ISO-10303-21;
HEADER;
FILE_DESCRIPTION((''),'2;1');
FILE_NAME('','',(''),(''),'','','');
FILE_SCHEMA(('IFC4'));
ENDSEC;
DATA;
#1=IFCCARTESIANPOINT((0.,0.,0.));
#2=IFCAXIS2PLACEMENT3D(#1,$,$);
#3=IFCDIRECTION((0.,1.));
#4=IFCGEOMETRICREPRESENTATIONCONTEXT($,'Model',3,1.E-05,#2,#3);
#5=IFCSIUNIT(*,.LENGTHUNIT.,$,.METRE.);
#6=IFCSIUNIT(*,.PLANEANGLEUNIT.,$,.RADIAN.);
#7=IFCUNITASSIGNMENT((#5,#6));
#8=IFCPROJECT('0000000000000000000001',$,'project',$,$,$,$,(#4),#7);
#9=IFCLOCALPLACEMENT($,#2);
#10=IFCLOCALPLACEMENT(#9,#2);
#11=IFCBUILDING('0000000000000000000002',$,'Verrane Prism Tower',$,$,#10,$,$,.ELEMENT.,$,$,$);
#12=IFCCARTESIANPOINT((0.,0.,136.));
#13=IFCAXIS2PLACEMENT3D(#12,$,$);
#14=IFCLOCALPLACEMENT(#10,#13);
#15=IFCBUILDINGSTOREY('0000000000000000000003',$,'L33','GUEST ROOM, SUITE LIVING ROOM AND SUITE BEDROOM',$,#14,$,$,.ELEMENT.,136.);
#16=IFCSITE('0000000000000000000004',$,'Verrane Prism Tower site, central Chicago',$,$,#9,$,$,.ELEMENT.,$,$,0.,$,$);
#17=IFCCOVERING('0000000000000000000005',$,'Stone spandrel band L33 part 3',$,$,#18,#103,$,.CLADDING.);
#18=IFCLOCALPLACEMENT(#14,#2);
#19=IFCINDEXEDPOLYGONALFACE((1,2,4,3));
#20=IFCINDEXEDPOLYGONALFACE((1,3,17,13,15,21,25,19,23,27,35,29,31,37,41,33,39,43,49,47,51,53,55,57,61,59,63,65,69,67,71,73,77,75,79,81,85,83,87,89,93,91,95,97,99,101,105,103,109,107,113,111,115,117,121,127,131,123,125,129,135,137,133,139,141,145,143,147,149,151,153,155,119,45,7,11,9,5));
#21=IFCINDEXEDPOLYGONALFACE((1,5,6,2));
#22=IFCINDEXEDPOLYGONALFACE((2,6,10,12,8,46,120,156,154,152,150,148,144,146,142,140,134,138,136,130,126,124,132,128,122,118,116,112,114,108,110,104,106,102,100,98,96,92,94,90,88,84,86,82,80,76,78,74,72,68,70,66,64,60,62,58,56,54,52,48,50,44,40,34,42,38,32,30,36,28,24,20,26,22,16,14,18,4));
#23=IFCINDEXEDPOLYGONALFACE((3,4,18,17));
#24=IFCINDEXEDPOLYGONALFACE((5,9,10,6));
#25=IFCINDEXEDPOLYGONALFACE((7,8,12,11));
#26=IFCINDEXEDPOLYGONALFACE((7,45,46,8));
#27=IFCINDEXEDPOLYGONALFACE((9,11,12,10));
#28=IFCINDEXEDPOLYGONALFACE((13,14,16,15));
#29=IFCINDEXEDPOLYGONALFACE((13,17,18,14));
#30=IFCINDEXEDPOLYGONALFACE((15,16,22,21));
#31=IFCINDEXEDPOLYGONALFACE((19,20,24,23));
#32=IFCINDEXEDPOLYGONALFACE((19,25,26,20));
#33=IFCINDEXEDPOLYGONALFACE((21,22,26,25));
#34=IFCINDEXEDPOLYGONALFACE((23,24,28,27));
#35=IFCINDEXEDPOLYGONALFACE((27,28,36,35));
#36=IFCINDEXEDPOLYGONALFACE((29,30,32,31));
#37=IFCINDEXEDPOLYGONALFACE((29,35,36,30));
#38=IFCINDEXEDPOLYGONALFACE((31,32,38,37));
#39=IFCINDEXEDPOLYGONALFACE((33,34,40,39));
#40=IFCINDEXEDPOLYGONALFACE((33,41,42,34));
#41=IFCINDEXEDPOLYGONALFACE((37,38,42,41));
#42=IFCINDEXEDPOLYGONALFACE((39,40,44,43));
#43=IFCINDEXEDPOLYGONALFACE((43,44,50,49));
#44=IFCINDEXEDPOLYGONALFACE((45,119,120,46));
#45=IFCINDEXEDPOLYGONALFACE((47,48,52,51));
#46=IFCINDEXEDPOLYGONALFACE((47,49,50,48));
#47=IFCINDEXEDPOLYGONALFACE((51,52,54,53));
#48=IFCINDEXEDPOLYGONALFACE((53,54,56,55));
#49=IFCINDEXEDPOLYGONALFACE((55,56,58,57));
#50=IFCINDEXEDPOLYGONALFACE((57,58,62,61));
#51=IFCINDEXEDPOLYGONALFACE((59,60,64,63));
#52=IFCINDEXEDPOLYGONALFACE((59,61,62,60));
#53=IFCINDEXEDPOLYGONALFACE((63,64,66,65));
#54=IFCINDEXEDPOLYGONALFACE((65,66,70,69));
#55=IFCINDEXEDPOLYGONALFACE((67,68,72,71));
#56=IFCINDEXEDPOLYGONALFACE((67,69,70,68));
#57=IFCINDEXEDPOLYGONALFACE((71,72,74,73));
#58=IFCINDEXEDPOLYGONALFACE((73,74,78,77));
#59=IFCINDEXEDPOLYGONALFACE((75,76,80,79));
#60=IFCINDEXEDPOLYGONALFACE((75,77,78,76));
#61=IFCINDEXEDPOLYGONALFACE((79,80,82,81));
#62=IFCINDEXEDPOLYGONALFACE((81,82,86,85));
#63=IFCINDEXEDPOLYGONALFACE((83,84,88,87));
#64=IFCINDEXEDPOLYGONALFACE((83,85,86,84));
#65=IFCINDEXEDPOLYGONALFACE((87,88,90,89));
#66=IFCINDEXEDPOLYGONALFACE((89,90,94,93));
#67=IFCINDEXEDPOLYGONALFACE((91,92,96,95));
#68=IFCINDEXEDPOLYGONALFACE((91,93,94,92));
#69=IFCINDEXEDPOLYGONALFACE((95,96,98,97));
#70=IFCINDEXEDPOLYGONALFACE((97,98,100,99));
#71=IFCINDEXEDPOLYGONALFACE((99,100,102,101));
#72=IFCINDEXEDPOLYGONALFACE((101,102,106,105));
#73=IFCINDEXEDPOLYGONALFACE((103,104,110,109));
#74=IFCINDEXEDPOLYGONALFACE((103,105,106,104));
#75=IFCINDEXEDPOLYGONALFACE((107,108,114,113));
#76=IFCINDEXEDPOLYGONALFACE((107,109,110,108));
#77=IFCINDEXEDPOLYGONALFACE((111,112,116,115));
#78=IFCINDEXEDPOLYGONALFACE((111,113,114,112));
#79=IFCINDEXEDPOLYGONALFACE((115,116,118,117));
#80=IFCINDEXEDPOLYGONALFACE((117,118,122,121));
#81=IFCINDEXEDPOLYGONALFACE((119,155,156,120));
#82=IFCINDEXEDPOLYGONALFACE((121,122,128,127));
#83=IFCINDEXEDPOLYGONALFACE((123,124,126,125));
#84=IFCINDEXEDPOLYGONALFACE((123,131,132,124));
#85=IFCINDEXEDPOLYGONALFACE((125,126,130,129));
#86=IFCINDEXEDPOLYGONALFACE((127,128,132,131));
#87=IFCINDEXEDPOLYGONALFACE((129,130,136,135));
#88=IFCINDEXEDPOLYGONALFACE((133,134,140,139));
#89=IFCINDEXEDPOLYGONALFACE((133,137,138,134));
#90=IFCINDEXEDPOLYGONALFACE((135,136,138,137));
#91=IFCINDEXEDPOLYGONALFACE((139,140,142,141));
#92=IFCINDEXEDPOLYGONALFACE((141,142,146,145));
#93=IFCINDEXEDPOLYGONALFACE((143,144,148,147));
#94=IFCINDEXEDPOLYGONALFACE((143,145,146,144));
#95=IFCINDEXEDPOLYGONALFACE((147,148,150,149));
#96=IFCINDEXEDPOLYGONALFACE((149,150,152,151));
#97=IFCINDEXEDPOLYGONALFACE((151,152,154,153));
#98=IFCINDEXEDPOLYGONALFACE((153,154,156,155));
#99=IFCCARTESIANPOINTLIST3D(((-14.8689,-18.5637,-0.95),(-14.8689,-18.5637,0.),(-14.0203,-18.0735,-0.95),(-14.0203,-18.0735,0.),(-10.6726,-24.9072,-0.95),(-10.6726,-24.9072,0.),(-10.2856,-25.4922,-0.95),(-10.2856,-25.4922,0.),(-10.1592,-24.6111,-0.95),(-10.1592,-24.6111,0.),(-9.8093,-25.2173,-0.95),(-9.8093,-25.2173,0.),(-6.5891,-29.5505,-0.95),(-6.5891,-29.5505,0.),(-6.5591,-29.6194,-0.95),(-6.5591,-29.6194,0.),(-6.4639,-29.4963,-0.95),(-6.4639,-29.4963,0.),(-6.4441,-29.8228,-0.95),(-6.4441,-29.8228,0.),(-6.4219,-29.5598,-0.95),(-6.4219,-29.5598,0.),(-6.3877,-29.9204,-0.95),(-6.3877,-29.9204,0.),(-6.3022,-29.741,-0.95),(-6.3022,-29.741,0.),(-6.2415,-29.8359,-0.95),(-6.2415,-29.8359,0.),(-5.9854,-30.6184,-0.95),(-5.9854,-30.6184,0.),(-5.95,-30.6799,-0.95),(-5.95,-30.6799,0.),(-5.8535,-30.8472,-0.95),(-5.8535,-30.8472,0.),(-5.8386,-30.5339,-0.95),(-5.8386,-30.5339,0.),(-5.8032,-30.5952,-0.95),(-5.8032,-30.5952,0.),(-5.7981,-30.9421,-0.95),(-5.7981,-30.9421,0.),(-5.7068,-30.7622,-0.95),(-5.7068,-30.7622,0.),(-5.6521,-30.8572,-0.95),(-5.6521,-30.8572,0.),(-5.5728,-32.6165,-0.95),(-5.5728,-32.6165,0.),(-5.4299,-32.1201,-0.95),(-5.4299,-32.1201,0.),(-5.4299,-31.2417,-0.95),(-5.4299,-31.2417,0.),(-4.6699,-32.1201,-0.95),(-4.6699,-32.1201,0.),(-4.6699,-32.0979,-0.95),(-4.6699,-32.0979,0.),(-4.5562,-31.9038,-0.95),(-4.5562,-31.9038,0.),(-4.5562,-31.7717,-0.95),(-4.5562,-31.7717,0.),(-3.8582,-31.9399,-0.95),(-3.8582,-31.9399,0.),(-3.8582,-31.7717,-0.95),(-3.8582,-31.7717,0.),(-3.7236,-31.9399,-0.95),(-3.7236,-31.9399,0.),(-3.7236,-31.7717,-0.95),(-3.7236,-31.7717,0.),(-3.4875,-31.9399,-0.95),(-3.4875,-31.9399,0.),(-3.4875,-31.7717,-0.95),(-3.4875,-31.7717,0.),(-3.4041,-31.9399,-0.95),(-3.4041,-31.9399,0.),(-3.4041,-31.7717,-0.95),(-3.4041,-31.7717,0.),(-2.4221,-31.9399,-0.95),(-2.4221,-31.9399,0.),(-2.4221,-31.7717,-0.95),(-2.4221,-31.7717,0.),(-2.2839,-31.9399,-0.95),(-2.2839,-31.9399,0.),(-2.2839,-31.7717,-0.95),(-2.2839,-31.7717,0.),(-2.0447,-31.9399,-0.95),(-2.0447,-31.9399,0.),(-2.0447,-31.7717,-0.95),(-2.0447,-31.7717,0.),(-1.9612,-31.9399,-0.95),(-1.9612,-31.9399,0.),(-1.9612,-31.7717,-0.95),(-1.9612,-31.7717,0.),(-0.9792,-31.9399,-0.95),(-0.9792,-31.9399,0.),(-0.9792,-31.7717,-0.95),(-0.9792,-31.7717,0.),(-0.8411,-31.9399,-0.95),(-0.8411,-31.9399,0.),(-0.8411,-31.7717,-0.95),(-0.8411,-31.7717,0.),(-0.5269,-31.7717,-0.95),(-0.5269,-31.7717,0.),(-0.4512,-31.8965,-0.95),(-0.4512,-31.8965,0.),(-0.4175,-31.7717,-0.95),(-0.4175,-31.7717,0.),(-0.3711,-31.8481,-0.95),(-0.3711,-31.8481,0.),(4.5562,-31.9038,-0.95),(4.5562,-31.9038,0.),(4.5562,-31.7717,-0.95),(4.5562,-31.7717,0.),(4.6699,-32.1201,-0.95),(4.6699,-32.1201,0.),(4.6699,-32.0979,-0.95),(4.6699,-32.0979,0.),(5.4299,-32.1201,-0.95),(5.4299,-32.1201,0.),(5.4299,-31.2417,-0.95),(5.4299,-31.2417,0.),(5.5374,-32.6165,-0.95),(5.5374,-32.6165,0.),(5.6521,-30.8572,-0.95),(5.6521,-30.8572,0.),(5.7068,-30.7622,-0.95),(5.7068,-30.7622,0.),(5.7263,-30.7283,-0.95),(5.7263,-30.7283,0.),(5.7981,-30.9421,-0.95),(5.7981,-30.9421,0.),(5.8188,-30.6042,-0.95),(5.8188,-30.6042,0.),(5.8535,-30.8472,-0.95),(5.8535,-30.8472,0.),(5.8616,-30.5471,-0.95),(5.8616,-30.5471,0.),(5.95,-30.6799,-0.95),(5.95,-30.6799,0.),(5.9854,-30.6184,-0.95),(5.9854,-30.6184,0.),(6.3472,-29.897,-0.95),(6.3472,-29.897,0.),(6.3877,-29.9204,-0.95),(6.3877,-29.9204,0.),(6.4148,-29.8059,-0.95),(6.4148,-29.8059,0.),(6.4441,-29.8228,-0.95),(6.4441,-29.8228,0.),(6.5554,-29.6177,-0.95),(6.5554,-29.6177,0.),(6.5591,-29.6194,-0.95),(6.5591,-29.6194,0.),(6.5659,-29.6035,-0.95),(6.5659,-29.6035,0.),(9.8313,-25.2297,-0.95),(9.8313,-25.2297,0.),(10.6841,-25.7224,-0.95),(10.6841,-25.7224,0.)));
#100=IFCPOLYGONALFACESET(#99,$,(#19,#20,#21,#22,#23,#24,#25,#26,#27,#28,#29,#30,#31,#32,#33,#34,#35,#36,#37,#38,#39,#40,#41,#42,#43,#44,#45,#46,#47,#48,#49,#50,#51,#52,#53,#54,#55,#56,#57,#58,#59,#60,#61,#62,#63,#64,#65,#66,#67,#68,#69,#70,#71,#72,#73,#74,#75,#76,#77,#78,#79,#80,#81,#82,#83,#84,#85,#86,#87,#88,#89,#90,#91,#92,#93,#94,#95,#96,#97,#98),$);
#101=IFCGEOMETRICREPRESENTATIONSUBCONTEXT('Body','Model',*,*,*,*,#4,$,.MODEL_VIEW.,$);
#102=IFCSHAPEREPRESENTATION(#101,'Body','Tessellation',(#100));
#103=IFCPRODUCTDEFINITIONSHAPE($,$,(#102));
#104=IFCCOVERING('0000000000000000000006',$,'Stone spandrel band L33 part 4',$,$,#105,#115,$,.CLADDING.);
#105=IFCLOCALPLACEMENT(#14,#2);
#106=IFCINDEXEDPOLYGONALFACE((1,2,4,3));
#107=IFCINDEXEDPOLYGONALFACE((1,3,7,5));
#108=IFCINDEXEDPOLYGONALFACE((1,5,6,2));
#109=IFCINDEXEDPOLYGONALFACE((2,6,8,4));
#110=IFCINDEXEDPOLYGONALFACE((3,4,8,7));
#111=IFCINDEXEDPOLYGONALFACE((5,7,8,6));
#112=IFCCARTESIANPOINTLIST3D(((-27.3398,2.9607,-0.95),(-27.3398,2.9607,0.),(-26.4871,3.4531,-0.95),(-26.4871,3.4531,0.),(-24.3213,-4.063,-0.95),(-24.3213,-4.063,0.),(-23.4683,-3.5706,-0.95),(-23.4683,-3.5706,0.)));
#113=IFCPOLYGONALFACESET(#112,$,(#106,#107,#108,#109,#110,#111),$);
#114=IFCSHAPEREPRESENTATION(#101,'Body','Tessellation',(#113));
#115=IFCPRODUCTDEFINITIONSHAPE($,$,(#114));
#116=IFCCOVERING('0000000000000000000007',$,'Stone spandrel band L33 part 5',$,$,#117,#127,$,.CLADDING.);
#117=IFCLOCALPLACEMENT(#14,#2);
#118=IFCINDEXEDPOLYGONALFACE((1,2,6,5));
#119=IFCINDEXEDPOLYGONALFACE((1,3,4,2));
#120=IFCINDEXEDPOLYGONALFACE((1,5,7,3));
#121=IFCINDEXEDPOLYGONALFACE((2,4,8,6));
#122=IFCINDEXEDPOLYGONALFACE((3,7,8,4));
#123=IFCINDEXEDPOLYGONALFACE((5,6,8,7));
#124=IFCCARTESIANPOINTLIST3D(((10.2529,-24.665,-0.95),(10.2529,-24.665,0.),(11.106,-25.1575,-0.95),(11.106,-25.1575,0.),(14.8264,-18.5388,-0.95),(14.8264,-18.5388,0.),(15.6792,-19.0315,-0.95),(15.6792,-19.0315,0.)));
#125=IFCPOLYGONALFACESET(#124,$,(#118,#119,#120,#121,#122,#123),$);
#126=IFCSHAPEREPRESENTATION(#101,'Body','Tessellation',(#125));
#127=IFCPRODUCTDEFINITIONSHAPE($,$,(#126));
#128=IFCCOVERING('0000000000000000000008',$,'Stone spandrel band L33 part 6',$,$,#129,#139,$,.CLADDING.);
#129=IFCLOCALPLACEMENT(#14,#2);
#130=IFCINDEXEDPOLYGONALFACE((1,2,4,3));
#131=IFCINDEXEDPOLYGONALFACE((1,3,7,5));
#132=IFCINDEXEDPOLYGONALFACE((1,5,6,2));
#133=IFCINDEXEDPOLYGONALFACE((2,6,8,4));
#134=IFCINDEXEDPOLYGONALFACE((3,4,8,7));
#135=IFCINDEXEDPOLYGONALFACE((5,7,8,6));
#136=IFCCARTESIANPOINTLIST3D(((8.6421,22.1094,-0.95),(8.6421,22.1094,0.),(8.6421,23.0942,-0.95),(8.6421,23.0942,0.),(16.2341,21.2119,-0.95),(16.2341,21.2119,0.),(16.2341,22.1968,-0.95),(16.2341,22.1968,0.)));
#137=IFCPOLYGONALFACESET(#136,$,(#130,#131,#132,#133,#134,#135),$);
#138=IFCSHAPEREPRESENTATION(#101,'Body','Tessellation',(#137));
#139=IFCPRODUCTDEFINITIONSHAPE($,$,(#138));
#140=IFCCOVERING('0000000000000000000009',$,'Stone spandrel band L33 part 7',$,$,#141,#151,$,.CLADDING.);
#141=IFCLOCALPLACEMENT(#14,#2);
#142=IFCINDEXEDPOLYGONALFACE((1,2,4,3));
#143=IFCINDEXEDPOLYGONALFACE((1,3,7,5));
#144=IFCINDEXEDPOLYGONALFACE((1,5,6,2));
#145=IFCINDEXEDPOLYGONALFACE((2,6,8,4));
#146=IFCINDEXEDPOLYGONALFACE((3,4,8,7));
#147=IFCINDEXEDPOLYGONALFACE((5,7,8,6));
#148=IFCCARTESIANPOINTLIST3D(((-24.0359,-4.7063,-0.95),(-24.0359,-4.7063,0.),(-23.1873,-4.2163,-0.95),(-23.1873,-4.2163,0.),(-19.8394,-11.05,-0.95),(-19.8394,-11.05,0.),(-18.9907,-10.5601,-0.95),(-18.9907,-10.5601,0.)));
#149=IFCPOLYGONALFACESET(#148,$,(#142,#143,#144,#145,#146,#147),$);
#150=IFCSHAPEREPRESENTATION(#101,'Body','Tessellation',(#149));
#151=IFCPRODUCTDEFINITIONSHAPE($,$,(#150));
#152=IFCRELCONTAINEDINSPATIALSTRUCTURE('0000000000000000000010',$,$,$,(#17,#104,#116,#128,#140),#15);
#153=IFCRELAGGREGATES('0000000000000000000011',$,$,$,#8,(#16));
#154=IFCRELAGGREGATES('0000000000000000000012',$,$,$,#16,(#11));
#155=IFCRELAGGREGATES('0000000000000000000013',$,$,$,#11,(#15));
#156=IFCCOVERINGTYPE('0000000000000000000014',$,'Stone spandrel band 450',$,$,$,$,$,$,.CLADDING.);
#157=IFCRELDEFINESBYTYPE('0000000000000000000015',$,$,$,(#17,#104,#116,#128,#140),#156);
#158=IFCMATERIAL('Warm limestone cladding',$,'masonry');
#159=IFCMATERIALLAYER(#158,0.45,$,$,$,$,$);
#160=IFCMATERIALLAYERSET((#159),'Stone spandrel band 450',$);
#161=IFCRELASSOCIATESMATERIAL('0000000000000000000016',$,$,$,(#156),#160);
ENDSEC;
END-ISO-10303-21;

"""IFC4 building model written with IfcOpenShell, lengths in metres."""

from ifc_helpers import new_model, si_unit, direction, frame, origin, place, context, subcontext, project, spatial, polyline, outline, extrude, material, layer, layer_set, type_object, element, save


model = new_model("IFC4")

# Units and contexts
model_context = context("Model", 3, precision=1e-05, world=origin(), true_north=direction((0.0, 1.0)))
body_context = subcontext(model_context, "Body", "Model", "MODEL_VIEW")
ifc_project = project(units=[si_unit("LENGTHUNIT", "METRE"), si_unit("PLANEANGLEUNIT", "RADIAN")], contexts=[model_context])

# Site, building, storey
site_placement = place(None, origin())
site = spatial("IfcSite", under=ifc_project, at=site_placement, Name="Verrane Prism Tower site, central Chicago", CompositionType="ELEMENT", RefElevation=0.0)
building_placement = place(site_placement, origin())
building = spatial("IfcBuilding", under=site, at=building_placement, Name="Verrane Prism Tower", CompositionType="ELEMENT")
storey_placement = place(building_placement, frame((0.0, 0.0, 136.0)))
storey = spatial("IfcBuildingStorey", under=building, at=storey_placement, Name="L33", Description="GUEST ROOM, SUITE LIVING ROOM AND SUITE BEDROOM", CompositionType="ELEMENT", Elevation=136.0)

# Coverings
ifc_material_1 = material(Name="Warm limestone cladding", Category="masonry")
ifc_layer_1 = layer(ifc_material_1, 0.45)
ifc_layer_set_1 = layer_set([ifc_layer_1], Name="Stone spandrel band 450")
covering_type = type_object("IfcCoveringType", Name="Stone spandrel band 450", PredefinedType="CLADDING", material=ifc_layer_set_1)
covering_1_placement = place(storey_placement, frame((0.0, 0.0, -0.95)))
element("IfcCovering", 1, at=covering_1_placement, inside=storey, type_object=covering_type, Name="Stone spandrel band L33 part 3", PredefinedType="CLADDING", context=body_context, shape_type="SweptSolid", body=[
    extrude(outline(polyline([(5.5374, -32.6165), (10.6841, -25.7224), (9.8313, -25.2297), (6.5659, -29.6035), (6.5591, -29.6194), (6.5554, -29.6177), (6.4148, -29.8059), (6.4441, -29.8228), (6.3877, -29.9204), (6.3472, -29.897), (5.8616, -30.5471), (5.9854, -30.6184), (5.95, -30.6799), (5.8188, -30.6042), (5.7263, -30.7283), (5.7068, -30.7622), (5.8535, -30.8472), (5.7981, -30.9421), (5.6521, -30.8572), (5.4299, -31.2417), (5.4299, -32.1201), (4.6699, -32.1201), (4.6699, -32.0979), (4.5562, -31.9038), (4.5562, -31.7717), (-0.4175, -31.7717), (-0.3711, -31.8481), (-0.4512, -31.8965), (-0.5269, -31.7717), (-0.8411, -31.7717), (-0.8411, -31.9399), (-0.9792, -31.9399), (-0.9792, -31.7717), (-1.9612, -31.7717), (-1.9612, -31.9399), (-2.0447, -31.9399), (-2.0447, -31.7717), (-2.2839, -31.7717), (-2.2839, -31.9399), (-2.4221, -31.9399), (-2.4221, -31.7717), (-3.4041, -31.7717), (-3.4041, -31.9399), (-3.4875, -31.9399), (-3.4875, -31.7717), (-3.7236, -31.7717), (-3.7236, -31.9399), (-3.8582, -31.9399), (-3.8582, -31.7717), (-4.5562, -31.7717), (-4.5562, -31.9038), (-4.6699, -32.0979), (-4.6699, -32.1201), (-5.4299, -32.1201), (-5.4299, -31.2417), (-5.6521, -30.8572), (-5.7981, -30.9421), (-5.8535, -30.8472), (-5.7068, -30.7622), (-5.8032, -30.5952), (-5.95, -30.6799), (-5.9854, -30.6184), (-5.8386, -30.5339), (-6.2415, -29.8359), (-6.3877, -29.9204), (-6.4441, -29.8228), (-6.3022, -29.741), (-6.4219, -29.5598), (-6.5591, -29.6194), (-6.5891, -29.5505), (-6.4639, -29.4963), (-14.0203, -18.0735), (-14.8689, -18.5637), (-10.6726, -24.9072), (-10.1592, -24.6111), (-9.8093, -25.2173), (-10.2856, -25.4922), (-5.5728, -32.6165), (5.5374, -32.6165)])), origin(), (0.0, 0.0, 1.0), 0.95),
])
covering_2_placement = place(storey_placement, frame((0.0, 0.0, -0.95)))
element("IfcCovering", 2, at=covering_2_placement, inside=storey, type_object=covering_type, Name="Stone spandrel band L33 part 4", PredefinedType="CLADDING", context=body_context, shape_type="SweptSolid", body=[
    extrude(outline(polyline([(-24.3213, -4.063), (-23.4683, -3.5706), (-26.4871, 3.4531), (-27.3398, 2.9607), (-24.3213, -4.063)])), origin(), (0.0, 0.0, 1.0), 0.95),
])
covering_3_placement = place(storey_placement, frame((0.0, 0.0, -0.95)))
element("IfcCovering", 3, at=covering_3_placement, inside=storey, type_object=covering_type, Name="Stone spandrel band L33 part 5", PredefinedType="CLADDING", context=body_context, shape_type="SweptSolid", body=[
    extrude(outline(polyline([(15.6792, -19.0315), (14.8264, -18.5388), (10.2529, -24.665), (11.106, -25.1575), (15.6792, -19.0315)])), origin(), (0.0, 0.0, 1.0), 0.95),
])
covering_4_placement = place(storey_placement, frame((0.0, 0.0, -0.95)))
element("IfcCovering", 4, at=covering_4_placement, inside=storey, type_object=covering_type, Name="Stone spandrel band L33 part 6", PredefinedType="CLADDING", context=body_context, shape_type="SweptSolid", body=[
    extrude(outline(polyline([(8.6421, 22.1094), (16.2341, 21.2119), (16.2341, 22.1968), (8.6421, 23.0942), (8.6421, 22.1094)])), origin(), (0.0, 0.0, 1.0), 0.95),
])
covering_5_placement = place(storey_placement, frame((0.0, 0.0, -0.95)))
element("IfcCovering", 5, at=covering_5_placement, inside=storey, type_object=covering_type, Name="Stone spandrel band L33 part 7", PredefinedType="CLADDING", context=body_context, shape_type="SweptSolid", body=[
    extrude(outline(polyline([(-18.9907, -10.5601), (-23.1873, -4.2163), (-24.0359, -4.7063), (-19.8394, -11.05), (-18.9907, -10.5601)])), origin(), (0.0, 0.0, 1.0), 0.95),
])

save(model, "model.ifc")
